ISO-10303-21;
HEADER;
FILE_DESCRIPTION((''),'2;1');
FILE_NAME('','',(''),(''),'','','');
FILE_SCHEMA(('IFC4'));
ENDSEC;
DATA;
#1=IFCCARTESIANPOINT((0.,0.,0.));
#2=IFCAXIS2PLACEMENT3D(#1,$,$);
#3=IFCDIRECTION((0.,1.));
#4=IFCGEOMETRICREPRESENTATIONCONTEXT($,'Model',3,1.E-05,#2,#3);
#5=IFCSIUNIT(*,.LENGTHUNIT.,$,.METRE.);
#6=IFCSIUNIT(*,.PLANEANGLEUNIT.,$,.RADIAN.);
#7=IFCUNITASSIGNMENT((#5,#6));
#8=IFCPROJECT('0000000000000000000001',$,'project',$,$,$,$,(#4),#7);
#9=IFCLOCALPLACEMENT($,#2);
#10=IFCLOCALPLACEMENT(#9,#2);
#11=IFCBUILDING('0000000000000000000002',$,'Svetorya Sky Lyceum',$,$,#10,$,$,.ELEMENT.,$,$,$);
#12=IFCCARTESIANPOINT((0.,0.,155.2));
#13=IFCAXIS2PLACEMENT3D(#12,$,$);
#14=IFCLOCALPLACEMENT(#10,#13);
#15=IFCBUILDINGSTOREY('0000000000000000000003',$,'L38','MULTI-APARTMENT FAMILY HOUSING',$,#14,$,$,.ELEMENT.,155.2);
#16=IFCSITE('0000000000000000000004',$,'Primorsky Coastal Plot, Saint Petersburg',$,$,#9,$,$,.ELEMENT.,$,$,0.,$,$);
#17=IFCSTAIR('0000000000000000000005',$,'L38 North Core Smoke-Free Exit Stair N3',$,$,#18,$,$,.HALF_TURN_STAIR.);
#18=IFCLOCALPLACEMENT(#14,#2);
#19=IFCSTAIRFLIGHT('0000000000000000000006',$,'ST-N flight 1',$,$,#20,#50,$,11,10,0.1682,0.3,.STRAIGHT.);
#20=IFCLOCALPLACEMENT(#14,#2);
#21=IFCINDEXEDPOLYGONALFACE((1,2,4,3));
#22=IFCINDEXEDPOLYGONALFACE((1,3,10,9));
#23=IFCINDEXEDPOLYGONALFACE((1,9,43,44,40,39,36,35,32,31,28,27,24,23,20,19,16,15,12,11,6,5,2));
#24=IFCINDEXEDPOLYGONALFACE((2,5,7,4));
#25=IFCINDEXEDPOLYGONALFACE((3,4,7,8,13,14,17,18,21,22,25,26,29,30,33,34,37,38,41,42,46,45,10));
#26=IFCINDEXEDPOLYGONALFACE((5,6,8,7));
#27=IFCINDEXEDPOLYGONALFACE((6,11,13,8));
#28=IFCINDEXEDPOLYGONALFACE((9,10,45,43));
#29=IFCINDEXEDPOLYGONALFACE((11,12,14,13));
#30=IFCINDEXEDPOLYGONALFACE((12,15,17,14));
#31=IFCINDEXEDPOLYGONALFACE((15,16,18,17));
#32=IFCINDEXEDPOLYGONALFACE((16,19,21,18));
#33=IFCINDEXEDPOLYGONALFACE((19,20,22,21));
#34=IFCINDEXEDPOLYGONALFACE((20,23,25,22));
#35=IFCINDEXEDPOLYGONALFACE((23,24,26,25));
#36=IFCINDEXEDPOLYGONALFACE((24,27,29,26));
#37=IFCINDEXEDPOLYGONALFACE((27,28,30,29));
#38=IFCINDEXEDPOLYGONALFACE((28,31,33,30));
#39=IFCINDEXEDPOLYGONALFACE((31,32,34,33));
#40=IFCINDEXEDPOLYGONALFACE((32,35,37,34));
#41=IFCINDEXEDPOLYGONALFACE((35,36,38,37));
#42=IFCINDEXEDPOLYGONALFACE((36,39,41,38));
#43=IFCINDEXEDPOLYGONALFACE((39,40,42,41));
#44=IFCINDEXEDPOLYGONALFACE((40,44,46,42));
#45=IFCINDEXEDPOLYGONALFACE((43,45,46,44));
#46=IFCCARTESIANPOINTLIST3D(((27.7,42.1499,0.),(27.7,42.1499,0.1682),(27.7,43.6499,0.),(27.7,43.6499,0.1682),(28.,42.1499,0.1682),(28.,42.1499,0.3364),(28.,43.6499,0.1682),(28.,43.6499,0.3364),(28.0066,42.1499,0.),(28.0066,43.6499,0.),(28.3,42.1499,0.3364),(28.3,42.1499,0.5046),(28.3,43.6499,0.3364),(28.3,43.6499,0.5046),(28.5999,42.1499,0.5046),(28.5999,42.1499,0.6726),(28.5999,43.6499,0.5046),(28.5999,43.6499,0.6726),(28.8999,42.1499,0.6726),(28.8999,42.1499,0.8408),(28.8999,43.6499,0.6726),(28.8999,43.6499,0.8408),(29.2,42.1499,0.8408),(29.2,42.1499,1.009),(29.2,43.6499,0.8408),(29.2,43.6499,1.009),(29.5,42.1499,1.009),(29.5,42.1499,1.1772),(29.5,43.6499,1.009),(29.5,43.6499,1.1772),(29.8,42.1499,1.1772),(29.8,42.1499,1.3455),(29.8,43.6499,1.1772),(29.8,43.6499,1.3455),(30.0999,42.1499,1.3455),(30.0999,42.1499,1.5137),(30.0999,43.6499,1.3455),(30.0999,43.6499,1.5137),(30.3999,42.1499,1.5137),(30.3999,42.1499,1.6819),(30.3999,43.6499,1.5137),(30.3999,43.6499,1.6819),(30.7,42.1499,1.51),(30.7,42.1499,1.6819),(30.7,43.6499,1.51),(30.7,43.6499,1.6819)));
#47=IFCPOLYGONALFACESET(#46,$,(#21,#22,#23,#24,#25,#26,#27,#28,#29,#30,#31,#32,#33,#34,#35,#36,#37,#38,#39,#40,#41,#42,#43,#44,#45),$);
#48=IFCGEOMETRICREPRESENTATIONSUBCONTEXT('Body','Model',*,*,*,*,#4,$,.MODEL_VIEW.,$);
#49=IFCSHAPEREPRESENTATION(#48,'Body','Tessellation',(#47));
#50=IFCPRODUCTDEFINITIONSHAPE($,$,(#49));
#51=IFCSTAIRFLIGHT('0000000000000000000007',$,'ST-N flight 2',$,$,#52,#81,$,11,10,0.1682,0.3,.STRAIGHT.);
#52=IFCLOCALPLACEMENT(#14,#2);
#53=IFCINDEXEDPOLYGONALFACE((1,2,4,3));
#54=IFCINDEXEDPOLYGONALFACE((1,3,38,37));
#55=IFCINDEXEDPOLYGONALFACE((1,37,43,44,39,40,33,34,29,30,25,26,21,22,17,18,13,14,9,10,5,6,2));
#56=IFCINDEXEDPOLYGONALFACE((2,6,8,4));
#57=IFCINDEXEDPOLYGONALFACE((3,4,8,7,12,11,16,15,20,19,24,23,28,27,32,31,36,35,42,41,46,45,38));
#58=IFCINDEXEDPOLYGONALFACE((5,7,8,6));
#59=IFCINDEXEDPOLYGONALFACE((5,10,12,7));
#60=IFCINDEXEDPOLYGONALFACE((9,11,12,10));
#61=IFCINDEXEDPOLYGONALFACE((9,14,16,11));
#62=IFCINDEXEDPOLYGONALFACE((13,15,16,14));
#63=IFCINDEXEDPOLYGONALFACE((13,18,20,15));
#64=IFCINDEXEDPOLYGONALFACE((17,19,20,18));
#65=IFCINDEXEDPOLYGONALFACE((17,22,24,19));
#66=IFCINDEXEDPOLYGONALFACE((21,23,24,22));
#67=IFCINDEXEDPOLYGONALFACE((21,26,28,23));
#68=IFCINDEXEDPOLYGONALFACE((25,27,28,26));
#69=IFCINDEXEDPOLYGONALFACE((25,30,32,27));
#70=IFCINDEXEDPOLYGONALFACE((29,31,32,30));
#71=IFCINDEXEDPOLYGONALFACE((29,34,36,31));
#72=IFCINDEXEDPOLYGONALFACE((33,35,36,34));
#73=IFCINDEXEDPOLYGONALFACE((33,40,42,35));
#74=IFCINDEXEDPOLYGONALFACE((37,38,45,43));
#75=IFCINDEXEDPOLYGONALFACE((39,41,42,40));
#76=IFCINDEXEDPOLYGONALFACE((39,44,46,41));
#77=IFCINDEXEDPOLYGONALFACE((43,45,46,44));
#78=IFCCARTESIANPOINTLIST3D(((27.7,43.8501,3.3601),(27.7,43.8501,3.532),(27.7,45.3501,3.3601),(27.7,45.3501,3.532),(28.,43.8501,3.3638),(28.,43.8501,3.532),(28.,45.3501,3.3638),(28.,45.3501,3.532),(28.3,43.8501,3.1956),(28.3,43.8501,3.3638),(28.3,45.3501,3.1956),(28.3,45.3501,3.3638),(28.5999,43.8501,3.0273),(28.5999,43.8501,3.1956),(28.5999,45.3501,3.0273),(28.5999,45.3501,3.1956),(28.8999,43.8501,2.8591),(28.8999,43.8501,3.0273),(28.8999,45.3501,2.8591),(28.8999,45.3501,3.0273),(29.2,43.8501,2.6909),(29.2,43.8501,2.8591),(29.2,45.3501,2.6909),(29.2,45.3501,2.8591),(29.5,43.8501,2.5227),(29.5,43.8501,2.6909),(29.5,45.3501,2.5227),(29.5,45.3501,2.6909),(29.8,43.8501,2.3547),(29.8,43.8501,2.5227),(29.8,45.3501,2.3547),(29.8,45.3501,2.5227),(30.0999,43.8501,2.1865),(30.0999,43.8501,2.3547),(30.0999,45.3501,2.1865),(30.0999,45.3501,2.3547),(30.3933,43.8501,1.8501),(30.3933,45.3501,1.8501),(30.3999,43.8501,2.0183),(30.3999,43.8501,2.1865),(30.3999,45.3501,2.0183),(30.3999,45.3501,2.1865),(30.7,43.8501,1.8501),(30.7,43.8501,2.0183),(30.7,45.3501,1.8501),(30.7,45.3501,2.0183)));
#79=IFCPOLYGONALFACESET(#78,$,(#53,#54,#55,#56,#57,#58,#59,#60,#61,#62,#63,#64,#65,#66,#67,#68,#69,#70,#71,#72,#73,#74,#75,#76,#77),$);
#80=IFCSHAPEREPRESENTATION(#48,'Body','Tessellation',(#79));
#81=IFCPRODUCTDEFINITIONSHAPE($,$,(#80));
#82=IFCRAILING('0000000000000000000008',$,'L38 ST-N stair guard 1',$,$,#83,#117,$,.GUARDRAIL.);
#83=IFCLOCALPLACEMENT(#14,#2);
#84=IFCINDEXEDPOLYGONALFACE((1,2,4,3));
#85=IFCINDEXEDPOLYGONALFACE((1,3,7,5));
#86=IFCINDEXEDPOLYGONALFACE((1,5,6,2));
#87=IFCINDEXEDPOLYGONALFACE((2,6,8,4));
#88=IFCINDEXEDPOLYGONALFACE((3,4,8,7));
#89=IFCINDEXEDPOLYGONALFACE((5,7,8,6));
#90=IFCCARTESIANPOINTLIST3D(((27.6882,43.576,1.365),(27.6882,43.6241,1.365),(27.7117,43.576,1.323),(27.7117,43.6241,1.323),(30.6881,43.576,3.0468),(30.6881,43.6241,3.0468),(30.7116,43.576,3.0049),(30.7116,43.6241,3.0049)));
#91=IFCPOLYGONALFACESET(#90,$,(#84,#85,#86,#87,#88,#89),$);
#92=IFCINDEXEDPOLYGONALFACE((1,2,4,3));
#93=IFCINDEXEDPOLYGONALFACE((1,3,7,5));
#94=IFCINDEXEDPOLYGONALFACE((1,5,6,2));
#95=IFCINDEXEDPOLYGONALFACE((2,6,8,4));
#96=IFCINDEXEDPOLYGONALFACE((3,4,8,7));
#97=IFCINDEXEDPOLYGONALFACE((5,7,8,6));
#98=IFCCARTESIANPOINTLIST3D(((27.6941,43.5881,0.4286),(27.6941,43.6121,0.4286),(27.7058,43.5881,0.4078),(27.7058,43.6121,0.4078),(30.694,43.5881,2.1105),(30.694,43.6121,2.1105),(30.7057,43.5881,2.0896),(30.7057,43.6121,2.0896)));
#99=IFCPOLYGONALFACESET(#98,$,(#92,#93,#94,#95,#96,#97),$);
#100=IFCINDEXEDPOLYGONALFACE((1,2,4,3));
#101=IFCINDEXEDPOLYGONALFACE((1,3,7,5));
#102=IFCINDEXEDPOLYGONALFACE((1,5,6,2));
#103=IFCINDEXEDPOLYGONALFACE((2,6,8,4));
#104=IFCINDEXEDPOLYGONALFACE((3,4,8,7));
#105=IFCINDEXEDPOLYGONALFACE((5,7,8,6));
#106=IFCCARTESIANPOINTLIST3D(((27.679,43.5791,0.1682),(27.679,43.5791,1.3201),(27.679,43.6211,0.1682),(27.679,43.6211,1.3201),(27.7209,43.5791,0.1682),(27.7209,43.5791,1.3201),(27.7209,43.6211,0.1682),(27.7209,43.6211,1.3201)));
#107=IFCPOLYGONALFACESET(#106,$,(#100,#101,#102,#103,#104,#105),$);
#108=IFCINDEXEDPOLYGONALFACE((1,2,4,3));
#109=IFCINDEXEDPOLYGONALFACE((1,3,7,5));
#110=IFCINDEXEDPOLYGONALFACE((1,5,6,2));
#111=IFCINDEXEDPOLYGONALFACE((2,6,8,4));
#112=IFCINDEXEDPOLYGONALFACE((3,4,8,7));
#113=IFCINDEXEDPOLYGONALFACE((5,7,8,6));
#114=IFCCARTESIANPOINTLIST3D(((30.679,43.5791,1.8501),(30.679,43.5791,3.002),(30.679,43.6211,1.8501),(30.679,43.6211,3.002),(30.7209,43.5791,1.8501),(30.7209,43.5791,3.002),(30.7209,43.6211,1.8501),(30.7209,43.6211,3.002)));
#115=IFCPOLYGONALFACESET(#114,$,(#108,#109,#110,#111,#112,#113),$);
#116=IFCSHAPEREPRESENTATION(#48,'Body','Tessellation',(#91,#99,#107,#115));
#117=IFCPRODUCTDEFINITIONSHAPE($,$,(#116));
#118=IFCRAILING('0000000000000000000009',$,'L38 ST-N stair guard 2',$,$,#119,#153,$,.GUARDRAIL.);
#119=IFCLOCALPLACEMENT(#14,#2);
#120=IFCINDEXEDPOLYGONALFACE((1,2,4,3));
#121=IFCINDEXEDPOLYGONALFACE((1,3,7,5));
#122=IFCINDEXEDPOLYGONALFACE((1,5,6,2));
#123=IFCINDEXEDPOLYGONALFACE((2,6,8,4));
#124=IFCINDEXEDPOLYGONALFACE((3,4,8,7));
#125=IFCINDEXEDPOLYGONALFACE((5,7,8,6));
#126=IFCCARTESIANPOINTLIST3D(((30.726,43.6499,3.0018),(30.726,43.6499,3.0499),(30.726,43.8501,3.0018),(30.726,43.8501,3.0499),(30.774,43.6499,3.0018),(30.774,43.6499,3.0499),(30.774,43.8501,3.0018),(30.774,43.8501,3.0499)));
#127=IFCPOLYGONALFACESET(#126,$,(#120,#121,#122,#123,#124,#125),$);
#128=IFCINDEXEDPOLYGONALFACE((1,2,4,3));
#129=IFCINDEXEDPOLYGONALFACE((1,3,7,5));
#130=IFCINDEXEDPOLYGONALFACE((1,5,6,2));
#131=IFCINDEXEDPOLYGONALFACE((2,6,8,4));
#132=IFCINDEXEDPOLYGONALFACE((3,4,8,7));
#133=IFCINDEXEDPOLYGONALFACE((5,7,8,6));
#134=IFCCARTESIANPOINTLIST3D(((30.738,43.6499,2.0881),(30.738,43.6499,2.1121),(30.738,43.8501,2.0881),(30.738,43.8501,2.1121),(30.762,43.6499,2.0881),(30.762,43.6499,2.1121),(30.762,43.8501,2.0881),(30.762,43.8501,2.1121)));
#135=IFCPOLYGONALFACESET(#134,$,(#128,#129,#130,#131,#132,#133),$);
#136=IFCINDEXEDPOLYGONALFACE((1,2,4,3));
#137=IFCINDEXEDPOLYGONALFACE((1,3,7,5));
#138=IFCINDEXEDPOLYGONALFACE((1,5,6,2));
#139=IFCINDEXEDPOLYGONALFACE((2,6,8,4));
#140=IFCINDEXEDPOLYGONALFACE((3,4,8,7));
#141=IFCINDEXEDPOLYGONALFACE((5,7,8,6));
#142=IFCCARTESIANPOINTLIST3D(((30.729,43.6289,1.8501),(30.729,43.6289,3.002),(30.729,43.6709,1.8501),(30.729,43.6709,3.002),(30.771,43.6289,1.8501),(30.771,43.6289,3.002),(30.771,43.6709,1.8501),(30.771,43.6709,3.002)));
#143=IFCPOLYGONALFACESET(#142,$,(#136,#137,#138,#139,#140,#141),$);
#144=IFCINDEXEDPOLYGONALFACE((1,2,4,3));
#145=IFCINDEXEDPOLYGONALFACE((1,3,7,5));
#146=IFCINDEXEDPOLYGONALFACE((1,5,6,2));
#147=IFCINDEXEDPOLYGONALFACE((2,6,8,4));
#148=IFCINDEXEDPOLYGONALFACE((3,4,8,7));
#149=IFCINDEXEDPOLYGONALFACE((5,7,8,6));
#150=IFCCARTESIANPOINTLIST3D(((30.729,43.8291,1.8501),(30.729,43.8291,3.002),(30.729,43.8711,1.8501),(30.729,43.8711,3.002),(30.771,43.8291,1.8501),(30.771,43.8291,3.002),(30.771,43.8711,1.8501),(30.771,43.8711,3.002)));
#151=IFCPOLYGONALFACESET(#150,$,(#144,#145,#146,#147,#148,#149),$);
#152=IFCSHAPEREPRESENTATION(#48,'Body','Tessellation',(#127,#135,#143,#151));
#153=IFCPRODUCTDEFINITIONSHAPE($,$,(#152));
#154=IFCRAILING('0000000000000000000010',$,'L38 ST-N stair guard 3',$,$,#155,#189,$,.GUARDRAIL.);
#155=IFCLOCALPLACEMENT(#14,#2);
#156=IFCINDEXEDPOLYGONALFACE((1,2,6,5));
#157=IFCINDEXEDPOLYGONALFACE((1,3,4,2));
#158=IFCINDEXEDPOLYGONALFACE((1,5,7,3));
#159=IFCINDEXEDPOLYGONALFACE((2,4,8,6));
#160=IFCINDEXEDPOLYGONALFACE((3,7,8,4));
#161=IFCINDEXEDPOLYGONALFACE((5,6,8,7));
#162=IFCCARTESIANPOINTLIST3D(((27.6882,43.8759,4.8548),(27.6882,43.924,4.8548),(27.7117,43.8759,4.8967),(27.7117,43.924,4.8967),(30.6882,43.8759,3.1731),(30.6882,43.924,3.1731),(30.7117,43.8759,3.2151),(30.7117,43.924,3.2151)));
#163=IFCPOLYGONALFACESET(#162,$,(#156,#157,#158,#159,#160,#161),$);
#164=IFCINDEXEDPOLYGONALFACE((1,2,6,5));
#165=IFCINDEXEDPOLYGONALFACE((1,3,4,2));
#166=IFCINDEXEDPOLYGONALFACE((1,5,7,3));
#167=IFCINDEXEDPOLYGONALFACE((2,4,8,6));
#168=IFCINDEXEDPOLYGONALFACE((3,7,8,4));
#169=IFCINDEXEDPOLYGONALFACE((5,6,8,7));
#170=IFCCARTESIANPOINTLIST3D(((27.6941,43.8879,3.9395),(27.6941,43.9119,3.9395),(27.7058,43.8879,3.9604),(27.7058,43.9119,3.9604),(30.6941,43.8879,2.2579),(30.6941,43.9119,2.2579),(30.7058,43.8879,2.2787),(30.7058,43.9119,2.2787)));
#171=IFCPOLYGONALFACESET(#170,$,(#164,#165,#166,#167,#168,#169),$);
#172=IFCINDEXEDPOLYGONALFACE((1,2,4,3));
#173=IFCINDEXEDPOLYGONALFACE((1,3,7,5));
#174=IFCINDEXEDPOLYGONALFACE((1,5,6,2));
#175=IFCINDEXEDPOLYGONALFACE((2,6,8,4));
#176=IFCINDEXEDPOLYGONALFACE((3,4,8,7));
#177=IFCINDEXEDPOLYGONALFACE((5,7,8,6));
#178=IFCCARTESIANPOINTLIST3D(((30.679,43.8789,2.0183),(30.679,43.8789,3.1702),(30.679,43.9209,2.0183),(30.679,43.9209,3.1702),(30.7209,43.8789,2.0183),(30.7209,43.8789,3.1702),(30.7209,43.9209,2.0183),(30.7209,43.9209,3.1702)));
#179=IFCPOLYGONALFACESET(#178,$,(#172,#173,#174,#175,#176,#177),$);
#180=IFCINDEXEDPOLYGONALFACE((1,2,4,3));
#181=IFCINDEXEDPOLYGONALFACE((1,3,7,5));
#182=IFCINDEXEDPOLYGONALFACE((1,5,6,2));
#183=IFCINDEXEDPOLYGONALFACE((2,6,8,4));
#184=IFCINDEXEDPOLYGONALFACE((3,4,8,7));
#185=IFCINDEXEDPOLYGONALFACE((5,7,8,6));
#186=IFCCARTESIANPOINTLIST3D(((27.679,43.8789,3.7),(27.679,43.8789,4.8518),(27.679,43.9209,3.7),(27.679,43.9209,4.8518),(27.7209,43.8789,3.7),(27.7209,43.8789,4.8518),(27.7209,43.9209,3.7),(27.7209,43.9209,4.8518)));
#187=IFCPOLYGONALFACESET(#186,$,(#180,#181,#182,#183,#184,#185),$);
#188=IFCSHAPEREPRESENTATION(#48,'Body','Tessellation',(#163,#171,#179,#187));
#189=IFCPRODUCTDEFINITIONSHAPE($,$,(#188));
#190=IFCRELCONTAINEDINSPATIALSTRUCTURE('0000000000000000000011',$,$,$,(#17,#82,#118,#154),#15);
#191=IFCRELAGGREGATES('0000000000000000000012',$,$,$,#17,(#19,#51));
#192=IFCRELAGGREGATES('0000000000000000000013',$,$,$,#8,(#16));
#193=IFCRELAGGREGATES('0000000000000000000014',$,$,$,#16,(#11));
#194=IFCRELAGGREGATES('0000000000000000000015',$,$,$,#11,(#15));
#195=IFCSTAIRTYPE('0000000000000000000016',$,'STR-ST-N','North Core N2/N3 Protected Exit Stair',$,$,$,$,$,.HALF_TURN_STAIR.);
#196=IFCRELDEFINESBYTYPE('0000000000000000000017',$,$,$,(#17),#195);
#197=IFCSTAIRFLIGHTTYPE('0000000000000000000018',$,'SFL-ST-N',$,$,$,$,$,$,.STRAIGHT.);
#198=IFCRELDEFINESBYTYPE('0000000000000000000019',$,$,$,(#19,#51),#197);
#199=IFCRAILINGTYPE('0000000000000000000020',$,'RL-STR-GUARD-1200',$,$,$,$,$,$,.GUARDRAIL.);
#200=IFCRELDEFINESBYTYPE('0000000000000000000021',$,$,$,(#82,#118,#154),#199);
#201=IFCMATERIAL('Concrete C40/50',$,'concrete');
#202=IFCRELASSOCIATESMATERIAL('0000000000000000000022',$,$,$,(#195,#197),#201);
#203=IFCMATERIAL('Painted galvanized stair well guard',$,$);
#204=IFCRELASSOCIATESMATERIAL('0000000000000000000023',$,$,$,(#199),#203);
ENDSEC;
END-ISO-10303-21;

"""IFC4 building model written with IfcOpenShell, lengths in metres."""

from ifc_helpers import new_model, si_unit, direction, frame, origin, origin_2d, place, context, subcontext, project, spatial, polyline, rectangle, outline, extrude, material, type_object, element, aggregate, save


model = new_model("IFC4")

# Units and contexts
model_context = context("Model", 3, precision=1e-05, world=origin(), true_north=direction((0.0, 1.0)))
body_context = subcontext(model_context, "Body", "Model", "MODEL_VIEW")
ifc_project = project(units=[si_unit("LENGTHUNIT", "METRE"), si_unit("PLANEANGLEUNIT", "RADIAN")], contexts=[model_context])

# Site, building, storey
site_placement = place(None, origin())
site = spatial("IfcSite", under=ifc_project, at=site_placement, Name="Primorsky Coastal Plot, Saint Petersburg", CompositionType="ELEMENT", RefElevation=0.0)
building_placement = place(site_placement, origin())
building = spatial("IfcBuilding", under=site, at=building_placement, Name="Svetorya Sky Lyceum", CompositionType="ELEMENT")
storey_placement = place(building_placement, frame((0.0, 0.0, 155.2)))
storey = spatial("IfcBuildingStorey", under=building, at=storey_placement, Name="L38", Description="MULTI-APARTMENT FAMILY HOUSING", CompositionType="ELEMENT", Elevation=155.2)

# Shared definitions
ifc_material_1 = material(Name="Concrete C40/50", Category="concrete")

# Stair, stair flights
stair_type = type_object("IfcStairType", Name="STR-ST-N", Description="North Core N2/N3 Protected Exit Stair", PredefinedType="HALF_TURN_STAIR", material=ifc_material_1)
stair_placement = place(storey_placement, origin())
stair = element("IfcStair", 1, at=stair_placement, inside=storey, type_object=stair_type, Name="L38 North Core Smoke-Free Exit Stair N3", PredefinedType="HALF_TURN_STAIR")
stair_flight_type = type_object("IfcStairFlightType", Name="SFL-ST-N", PredefinedType="STRAIGHT", material=ifc_material_1)
stair_flight_1_placement = place(storey_placement, frame((27.7, 42.8999, 0.0), z_axis=(0.0, 0.0, 1.0), x_axis=(1.0, 0.0, 0.0)))
stair_flight_1 = element("IfcStairFlight", 2, at=stair_flight_1_placement, type_object=stair_flight_type, Name="ST-N flight 1", NumberOfRisers=11, NumberOfTreads=10, PredefinedType="STRAIGHT", RiserHeight=0.1682, TreadLength=0.3, context=body_context, shape_type="SweptSolid", body=[
    extrude(outline(polyline([(0.0, 0.0), (0.0, 0.1682), (0.3, 0.1682), (0.3, 0.3364), (0.6001, 0.3364), (0.6001, 0.5046), (0.8999, 0.5046), (0.8999, 0.6726), (1.2, 0.6726), (1.2, 0.8408), (1.5, 0.8408), (1.5, 1.009), (1.8, 1.009), (1.8, 1.1772), (2.1001, 1.1772), (2.1001, 1.3455), (2.3999, 1.3455), (2.3999, 1.5137), (2.7, 1.5137), (2.7, 1.6819), (3.0, 1.6819), (3.0, 1.8501), (3.0, 1.51), (0.3066, 0.0), (0.0, 0.0)])), frame((0.0, 0.75, 0.0), z_axis=(0.0, -1.0, 0.0), x_axis=(1.0, 0.0, 0.0)), (0.0, 0.0, 1.0), 1.5),
])
stair_flight_2_placement = place(storey_placement, frame((30.7, 44.6001, 1.8501), z_axis=(0.0, 0.0, 1.0), x_axis=(-1.0, 0.0, 0.0)))
stair_flight_2 = element("IfcStairFlight", 3, at=stair_flight_2_placement, type_object=stair_flight_type, Name="ST-N flight 2", NumberOfRisers=11, NumberOfTreads=10, PredefinedType="STRAIGHT", RiserHeight=0.1682, TreadLength=0.3, context=body_context, shape_type="SweptSolid", body=[
    extrude(outline(polyline([(0.0, 0.0), (0.0, 0.1682), (0.3, 0.1682), (0.3, 0.3364), (0.6001, 0.3364), (0.6001, 0.5046), (0.8999, 0.5046), (0.8999, 0.6726), (1.2, 0.6726), (1.2, 0.8408), (1.5, 0.8408), (1.5, 1.009), (1.8, 1.009), (1.8, 1.1772), (2.1001, 1.1772), (2.1001, 1.3455), (2.3999, 1.3455), (2.3999, 1.5137), (2.7, 1.5137), (2.7, 1.6819), (3.0, 1.6819), (3.0, 1.8501), (3.0, 1.51), (0.3066, 0.0), (0.0, 0.0)])), frame((0.0, 0.75, 0.0), z_axis=(0.0, -1.0, 0.0), x_axis=(1.0, 0.0, 0.0)), (0.0, 0.0, 1.0), 1.5),
])
aggregate(stair, [stair_flight_1, stair_flight_2])

# Railings
ifc_material_2 = material(Name="Painted galvanized stair well guard")
railing_type_1 = type_object("IfcRailingType", Name="RL-STR-GUARD-1200", PredefinedType="GUARDRAIL", material=ifc_material_2)
railing_1_placement = place(storey_placement, frame((27.7, 43.6001, 0.1682)))
element("IfcRailing", 4, at=railing_1_placement, inside=storey, type_object=railing_type_1, Name="L38 ST-N stair guard 1", PredefinedType="GUARDRAIL", context=body_context, shape_type="SweptSolid", body=[
    extrude(rectangle(XDim=0.0481, YDim=0.0481, at=origin_2d()), frame((0.0, 0.0, 1.1758), z_axis=(0.872272, 0.0, 0.48902), x_axis=(0.0, 1.0, 0.0)), (0.0, 0.0, 1.0), 3.4392),
    extrude(rectangle(XDim=0.0239, YDim=0.0239, at=origin_2d()), frame((0.0, 0.0, 0.25), z_axis=(0.872272, 0.0, 0.48902), x_axis=(0.0, 1.0, 0.0)), (0.0, 0.0, 1.0), 3.4392),
    extrude(rectangle(XDim=0.042, YDim=0.042, at=origin_2d()), origin(), (0.0, 0.0, 1.0), 1.1519),
    extrude(rectangle(XDim=0.042, YDim=0.042, at=origin_2d()), frame((3.0, 0.0, 1.6819)), (0.0, 0.0, 1.0), 1.1519),
])
railing_2_placement = place(storey_placement, frame((30.75, 43.6499, 1.8501)))
element("IfcRailing", 5, at=railing_2_placement, inside=storey, type_object=railing_type_1, Name="L38 ST-N stair guard 2", PredefinedType="GUARDRAIL", context=body_context, shape_type="SweptSolid", body=[
    extrude(rectangle(XDim=0.0481, YDim=0.0481, at=origin_2d()), frame((0.0, 0.0, 1.1758), z_axis=(0.0, 1.0, 0.0), x_axis=(-1.0, 0.0, 0.0)), (0.0, 0.0, 1.0), 0.2002),
    extrude(rectangle(XDim=0.0239, YDim=0.0239, at=origin_2d()), frame((0.0, 0.0, 0.25), z_axis=(0.0, 1.0, 0.0), x_axis=(-1.0, 0.0, 0.0)), (0.0, 0.0, 1.0), 0.2002),
    extrude(rectangle(XDim=0.042, YDim=0.042, at=origin_2d()), origin(), (0.0, 0.0, 1.0), 1.1519),
    extrude(rectangle(XDim=0.042, YDim=0.042, at=origin_2d()), frame((0.0, 0.2002, 0.0)), (0.0, 0.0, 1.0), 1.1519),
])
railing_3_placement = place(storey_placement, frame((30.7, 43.8999, 2.0183)))
element("IfcRailing", 6, at=railing_3_placement, inside=storey, type_object=railing_type_1, Name="L38 ST-N stair guard 3", PredefinedType="GUARDRAIL", context=body_context, shape_type="SweptSolid", body=[
    extrude(rectangle(XDim=0.0481, YDim=0.0481, at=origin_2d()), frame((0.0, 0.0, 1.1758), z_axis=(-0.872303, 0.0, 0.488966), x_axis=(0.0, -1.0, 0.0)), (0.0, 0.0, 1.0), 3.4392),
    extrude(rectangle(XDim=0.0239, YDim=0.0239, at=origin_2d()), frame((0.0, 0.0, 0.25), z_axis=(-0.872303, 0.0, 0.488966), x_axis=(0.0, -1.0, 0.0)), (0.0, 0.0, 1.0), 3.4392),
    extrude(rectangle(XDim=0.042, YDim=0.042, at=origin_2d()), origin(), (0.0, 0.0, 1.0), 1.1519),
    extrude(rectangle(XDim=0.042, YDim=0.042, at=origin_2d()), frame((-3.0, 0.0, 1.6816)), (0.0, 0.0, 1.0), 1.1519),
])

save(model, "model.ifc")
